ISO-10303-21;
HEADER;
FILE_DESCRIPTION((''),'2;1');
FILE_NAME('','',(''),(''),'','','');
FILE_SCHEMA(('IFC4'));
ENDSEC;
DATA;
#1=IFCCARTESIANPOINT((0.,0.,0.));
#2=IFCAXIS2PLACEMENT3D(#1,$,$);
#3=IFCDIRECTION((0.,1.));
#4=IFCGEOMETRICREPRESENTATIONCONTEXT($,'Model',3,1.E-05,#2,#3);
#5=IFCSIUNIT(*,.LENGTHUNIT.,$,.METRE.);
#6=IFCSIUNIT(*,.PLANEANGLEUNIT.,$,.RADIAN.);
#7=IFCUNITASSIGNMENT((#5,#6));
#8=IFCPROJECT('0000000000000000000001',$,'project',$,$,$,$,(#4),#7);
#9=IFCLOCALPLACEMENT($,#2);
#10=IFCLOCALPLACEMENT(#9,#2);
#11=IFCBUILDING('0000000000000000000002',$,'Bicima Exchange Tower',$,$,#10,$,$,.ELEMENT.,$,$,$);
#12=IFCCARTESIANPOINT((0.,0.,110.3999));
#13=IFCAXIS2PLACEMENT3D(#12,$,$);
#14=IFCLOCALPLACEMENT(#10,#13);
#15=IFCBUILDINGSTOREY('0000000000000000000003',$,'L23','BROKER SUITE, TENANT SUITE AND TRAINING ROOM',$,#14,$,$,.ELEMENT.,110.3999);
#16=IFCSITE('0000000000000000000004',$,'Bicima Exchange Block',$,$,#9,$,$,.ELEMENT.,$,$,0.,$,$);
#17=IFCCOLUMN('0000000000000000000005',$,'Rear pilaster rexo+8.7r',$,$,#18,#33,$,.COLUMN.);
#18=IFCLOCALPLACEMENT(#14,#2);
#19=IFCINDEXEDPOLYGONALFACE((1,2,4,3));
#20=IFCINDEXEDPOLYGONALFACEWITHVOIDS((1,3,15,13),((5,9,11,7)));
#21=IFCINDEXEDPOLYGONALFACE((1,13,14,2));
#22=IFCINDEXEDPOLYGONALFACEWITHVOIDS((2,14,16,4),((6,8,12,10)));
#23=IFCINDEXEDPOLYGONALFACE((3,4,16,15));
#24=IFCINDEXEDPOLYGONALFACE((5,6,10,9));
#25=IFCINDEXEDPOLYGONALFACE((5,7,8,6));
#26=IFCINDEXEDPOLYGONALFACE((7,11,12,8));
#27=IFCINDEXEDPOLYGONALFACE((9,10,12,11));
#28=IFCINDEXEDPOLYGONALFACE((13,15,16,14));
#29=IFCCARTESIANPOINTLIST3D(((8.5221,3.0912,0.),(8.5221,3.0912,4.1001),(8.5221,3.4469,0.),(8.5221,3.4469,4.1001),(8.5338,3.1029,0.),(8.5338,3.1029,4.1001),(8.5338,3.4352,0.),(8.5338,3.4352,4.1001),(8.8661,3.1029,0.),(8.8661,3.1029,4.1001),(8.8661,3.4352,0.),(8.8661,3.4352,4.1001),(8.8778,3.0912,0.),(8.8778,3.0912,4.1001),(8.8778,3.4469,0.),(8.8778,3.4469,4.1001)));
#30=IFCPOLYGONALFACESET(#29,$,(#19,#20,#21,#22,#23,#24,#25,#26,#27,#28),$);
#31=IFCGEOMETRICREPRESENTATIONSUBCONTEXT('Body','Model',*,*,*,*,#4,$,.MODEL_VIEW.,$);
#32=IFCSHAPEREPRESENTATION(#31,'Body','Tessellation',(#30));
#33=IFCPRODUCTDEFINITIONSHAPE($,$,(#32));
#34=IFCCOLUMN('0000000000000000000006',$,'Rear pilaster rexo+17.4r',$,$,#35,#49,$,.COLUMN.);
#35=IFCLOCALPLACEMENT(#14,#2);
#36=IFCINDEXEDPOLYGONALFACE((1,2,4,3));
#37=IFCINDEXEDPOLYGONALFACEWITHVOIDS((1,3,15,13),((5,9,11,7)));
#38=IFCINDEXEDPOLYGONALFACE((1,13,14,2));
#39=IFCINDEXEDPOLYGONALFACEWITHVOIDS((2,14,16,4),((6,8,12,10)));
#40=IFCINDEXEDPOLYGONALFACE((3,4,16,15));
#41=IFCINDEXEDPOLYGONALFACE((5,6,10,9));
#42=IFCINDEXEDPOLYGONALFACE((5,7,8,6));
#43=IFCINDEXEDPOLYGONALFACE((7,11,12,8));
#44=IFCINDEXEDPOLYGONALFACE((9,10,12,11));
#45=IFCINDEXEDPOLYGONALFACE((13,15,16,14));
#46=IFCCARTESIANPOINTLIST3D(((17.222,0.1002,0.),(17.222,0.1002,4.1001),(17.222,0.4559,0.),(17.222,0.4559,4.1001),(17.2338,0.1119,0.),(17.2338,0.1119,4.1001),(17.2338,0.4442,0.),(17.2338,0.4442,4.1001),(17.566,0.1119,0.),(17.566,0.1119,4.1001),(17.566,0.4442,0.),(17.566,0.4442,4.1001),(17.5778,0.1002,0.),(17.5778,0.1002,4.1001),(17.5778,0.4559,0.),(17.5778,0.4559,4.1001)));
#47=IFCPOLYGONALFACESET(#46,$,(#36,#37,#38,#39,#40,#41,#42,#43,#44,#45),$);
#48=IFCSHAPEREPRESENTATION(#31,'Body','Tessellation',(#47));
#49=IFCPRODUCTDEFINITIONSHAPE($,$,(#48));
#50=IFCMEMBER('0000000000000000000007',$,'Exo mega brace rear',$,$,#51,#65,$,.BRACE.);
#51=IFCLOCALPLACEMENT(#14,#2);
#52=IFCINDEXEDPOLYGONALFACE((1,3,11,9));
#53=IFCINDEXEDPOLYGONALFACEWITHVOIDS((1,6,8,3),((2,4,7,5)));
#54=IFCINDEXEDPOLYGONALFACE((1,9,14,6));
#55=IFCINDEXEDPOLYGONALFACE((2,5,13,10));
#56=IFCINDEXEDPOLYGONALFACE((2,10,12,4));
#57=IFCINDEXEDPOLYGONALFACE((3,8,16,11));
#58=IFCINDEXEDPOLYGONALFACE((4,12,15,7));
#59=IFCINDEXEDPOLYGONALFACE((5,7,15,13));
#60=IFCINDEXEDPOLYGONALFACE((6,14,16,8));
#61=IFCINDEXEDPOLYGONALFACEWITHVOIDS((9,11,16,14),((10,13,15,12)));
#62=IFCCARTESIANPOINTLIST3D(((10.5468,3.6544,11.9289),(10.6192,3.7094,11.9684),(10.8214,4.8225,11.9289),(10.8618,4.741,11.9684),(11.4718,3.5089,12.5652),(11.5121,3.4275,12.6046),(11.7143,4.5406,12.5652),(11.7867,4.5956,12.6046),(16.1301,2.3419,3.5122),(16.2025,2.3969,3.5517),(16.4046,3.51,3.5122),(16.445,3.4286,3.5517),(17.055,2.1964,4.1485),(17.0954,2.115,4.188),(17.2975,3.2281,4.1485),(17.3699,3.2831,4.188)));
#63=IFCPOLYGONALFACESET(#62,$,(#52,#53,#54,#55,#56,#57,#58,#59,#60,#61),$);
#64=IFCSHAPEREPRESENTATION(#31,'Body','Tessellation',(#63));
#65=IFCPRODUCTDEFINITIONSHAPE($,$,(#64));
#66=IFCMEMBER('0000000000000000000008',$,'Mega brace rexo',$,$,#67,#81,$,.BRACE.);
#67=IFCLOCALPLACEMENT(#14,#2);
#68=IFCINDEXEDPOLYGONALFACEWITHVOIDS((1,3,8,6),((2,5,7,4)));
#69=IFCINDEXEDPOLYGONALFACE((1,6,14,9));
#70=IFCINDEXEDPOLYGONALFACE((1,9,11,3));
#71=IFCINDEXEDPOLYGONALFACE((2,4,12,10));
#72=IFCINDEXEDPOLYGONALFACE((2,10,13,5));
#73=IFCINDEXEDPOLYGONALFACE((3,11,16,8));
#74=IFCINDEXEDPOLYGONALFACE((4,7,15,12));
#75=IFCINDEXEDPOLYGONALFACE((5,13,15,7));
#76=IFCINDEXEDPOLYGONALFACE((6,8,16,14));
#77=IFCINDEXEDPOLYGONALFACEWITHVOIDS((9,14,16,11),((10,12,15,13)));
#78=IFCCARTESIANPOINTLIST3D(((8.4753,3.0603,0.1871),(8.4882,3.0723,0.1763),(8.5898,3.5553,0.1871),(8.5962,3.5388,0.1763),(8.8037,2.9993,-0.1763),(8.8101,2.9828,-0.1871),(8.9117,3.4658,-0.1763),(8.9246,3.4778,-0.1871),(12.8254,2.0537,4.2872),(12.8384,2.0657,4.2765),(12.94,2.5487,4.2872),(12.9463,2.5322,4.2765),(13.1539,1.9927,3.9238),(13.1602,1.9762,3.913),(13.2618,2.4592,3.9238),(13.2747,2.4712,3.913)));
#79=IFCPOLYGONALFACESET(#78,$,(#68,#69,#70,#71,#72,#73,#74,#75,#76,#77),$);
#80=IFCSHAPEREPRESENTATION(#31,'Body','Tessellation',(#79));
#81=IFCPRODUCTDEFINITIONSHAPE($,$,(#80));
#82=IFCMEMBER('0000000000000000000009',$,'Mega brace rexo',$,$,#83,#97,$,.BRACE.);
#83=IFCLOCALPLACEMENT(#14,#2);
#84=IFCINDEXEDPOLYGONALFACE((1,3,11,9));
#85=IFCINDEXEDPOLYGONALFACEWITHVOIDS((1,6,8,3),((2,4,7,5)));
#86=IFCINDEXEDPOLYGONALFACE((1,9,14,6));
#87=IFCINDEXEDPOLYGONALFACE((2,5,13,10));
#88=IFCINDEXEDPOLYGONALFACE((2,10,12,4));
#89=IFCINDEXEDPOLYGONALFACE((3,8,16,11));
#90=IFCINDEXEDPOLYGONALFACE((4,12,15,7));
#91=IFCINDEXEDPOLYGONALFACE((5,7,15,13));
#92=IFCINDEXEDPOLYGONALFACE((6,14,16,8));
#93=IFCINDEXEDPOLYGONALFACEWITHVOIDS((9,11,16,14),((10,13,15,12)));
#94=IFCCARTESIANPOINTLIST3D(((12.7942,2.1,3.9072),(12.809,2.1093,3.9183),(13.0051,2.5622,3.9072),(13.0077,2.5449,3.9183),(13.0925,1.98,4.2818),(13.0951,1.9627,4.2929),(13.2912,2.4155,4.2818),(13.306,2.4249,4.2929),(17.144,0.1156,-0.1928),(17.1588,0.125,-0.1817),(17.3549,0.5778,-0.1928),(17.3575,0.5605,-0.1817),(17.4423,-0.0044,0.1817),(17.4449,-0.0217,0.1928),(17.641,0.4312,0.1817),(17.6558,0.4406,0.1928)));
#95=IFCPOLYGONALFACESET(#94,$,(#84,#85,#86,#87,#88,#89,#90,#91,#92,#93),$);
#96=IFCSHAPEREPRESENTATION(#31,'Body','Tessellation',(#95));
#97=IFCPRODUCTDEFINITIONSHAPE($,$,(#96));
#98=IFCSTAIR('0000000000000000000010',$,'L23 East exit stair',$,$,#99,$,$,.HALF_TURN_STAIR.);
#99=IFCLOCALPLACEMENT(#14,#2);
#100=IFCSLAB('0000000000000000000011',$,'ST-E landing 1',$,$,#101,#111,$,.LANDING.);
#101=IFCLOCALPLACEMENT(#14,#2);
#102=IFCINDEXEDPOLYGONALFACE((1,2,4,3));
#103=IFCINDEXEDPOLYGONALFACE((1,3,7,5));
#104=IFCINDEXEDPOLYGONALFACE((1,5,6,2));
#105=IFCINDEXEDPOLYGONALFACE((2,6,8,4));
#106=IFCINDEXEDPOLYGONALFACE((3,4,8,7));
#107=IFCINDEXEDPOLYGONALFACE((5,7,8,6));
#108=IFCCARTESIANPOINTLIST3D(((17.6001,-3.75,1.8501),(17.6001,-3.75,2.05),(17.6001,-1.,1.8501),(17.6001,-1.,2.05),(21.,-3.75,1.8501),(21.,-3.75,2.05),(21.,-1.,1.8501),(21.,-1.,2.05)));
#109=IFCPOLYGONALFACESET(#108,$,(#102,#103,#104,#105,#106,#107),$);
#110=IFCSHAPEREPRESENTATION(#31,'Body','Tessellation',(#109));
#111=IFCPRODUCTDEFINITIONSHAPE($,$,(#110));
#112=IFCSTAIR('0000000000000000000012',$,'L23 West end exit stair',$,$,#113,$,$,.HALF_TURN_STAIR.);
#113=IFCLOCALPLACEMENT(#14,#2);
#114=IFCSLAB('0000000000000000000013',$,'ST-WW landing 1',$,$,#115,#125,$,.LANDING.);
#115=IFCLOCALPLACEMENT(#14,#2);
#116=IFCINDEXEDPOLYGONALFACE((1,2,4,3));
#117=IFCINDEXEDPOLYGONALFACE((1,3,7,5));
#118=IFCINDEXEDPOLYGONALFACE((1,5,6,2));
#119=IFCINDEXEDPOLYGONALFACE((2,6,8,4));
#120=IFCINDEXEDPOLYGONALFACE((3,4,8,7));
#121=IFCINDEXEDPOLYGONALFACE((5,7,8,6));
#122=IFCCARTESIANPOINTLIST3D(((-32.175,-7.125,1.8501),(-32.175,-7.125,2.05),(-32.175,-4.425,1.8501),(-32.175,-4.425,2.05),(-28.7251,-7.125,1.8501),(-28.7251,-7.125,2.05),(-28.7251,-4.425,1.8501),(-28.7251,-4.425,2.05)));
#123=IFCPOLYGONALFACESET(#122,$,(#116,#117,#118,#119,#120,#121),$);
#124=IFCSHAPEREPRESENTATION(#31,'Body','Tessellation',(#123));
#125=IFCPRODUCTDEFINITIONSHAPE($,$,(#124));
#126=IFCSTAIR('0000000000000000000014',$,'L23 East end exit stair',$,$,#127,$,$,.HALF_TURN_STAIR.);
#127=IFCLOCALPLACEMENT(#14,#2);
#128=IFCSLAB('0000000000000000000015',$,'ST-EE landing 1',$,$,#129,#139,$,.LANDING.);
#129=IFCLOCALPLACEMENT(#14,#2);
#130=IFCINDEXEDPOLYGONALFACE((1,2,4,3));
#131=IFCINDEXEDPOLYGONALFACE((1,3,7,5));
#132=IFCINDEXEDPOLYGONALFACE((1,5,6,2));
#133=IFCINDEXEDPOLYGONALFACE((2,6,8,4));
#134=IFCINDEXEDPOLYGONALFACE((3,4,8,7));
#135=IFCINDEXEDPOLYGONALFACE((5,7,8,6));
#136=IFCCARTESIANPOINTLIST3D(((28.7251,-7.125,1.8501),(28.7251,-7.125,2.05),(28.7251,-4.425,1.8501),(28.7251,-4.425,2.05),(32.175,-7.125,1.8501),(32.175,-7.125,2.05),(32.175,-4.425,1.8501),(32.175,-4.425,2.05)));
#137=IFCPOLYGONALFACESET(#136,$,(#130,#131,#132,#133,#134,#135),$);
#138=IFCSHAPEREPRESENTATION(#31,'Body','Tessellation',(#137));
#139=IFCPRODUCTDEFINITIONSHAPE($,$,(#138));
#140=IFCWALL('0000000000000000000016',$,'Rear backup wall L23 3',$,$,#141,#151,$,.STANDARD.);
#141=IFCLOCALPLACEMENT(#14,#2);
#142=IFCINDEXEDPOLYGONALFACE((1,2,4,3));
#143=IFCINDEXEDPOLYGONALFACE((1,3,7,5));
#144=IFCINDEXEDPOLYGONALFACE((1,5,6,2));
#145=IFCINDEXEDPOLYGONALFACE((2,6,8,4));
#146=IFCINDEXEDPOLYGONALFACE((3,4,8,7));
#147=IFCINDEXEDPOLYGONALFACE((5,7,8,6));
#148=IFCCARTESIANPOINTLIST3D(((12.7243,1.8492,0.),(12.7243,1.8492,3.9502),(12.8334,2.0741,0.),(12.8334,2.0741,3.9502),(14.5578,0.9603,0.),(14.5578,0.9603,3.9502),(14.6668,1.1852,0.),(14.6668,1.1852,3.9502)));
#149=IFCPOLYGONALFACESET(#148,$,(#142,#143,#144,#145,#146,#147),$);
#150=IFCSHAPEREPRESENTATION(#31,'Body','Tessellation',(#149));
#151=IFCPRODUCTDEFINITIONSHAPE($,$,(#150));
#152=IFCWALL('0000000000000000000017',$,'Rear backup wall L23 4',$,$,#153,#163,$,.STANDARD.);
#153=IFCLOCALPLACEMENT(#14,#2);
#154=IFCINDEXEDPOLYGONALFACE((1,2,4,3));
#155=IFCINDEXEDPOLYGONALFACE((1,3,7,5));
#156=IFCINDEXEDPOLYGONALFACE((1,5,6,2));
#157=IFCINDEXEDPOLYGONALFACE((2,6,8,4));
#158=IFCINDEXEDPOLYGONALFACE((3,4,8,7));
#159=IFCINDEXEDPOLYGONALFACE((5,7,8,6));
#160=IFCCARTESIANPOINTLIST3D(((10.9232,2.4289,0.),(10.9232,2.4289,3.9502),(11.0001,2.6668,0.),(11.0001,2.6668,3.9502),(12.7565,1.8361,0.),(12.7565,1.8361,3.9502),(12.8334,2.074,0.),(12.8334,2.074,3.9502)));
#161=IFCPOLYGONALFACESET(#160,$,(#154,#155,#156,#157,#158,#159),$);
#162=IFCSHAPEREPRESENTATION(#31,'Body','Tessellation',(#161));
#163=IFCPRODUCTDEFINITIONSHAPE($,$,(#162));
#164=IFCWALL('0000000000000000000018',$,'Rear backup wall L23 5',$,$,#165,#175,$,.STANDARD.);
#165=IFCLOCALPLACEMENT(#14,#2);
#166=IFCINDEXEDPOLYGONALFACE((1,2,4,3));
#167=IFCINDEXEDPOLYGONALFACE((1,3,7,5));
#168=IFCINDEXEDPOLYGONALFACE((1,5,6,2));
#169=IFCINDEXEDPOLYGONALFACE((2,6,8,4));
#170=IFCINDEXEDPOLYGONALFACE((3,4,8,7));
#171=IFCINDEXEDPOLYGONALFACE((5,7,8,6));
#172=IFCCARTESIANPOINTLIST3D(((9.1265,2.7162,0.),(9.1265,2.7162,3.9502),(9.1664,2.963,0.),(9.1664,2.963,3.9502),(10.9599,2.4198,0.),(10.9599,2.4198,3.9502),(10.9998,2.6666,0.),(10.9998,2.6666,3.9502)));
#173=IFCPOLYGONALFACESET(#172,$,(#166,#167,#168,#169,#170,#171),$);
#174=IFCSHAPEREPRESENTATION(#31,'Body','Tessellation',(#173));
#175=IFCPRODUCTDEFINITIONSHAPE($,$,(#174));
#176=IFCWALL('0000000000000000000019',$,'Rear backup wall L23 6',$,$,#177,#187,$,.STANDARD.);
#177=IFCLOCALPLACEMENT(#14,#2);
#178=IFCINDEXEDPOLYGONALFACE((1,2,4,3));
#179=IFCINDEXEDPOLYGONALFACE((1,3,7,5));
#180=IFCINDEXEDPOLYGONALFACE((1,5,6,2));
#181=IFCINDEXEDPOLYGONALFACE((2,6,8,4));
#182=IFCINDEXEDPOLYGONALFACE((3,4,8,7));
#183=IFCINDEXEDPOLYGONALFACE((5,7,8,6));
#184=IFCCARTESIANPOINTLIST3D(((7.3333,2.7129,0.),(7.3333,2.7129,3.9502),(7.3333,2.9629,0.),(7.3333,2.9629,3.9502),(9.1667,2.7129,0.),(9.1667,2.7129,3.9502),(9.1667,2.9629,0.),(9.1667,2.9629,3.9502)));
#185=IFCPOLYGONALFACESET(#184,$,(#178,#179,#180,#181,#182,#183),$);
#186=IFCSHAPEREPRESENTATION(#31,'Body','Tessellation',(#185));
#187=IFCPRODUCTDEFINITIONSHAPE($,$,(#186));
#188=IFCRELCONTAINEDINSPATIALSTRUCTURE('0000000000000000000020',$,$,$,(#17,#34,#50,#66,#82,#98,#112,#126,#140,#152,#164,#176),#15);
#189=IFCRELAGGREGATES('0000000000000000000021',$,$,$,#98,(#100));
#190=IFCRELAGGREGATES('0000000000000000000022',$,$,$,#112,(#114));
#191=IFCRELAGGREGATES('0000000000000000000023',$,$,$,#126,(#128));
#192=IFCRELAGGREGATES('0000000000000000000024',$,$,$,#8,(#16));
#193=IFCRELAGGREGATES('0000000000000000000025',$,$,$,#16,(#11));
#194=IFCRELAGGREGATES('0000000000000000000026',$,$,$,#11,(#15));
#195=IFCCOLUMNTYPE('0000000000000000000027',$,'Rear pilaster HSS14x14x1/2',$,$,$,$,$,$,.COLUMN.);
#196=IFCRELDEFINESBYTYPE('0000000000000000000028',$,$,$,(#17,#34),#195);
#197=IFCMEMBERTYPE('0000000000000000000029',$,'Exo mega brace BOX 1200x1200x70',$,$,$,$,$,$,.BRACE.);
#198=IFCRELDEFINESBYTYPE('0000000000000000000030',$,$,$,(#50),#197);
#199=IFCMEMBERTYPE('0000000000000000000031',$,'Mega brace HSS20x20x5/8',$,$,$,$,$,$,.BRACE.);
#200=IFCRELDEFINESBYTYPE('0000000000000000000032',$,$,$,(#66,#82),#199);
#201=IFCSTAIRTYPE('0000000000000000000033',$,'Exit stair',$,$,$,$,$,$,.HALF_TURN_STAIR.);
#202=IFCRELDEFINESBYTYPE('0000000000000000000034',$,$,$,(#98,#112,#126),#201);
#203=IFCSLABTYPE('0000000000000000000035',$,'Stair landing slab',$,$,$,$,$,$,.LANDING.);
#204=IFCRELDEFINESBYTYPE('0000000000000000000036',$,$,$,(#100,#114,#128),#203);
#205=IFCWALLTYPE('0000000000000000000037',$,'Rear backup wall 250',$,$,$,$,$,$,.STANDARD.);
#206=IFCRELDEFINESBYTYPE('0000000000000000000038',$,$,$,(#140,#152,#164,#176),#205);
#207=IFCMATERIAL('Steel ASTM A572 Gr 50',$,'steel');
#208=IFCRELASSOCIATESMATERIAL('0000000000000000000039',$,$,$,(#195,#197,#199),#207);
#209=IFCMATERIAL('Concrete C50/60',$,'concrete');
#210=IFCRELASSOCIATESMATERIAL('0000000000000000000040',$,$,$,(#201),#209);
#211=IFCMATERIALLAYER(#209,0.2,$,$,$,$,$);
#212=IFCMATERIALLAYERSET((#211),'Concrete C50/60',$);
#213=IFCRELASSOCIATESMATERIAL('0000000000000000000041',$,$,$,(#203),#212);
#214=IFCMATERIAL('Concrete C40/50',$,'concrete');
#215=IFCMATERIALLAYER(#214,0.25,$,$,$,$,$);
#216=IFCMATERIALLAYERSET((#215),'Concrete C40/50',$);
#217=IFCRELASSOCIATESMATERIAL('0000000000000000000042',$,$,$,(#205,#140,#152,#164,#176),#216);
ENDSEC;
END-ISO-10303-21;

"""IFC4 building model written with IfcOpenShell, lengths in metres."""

from ifc_helpers import new_model, si_unit, direction, frame, frame_2d, origin, origin_2d, place, context, subcontext, project, spatial, polyline, rectangle, hollow_rectangle, outline, extrude, material, layer, layer_set, layer_usage, material_profile, profile_set, type_object, element, aggregate, save


model = new_model("IFC4")

# Units and contexts
model_context = context("Model", 3, precision=1e-05, world=origin(), true_north=direction((0.0, 1.0)))
body_context = subcontext(model_context, "Body", "Model", "MODEL_VIEW")
ifc_project = project(units=[si_unit("LENGTHUNIT", "METRE"), si_unit("PLANEANGLEUNIT", "RADIAN")], contexts=[model_context])

# Site, building, storey
site_placement = place(None, origin())
site = spatial("IfcSite", under=ifc_project, at=site_placement, Name="Bicima Exchange Block", CompositionType="ELEMENT", RefElevation=0.0)
building_placement = place(site_placement, origin())
building = spatial("IfcBuilding", under=site, at=building_placement, Name="Bicima Exchange Tower", CompositionType="ELEMENT")
storey_placement = place(building_placement, frame((0.0, 0.0, 110.3999)))
storey = spatial("IfcBuildingStorey", under=building, at=storey_placement, Name="L23", Description="BROKER SUITE, TENANT SUITE AND TRAINING ROOM", CompositionType="ELEMENT", Elevation=110.3999)

# Columns
ifc_material_1 = material(Name="Steel ASTM A572 Gr 50", Category="steel")
ifc_material_profile_1 = material_profile(ifc_material_1, hollow_rectangle(XDim=0.3557, YDim=0.3557, WallThickness=0.0117, at=origin_2d()))
ifc_profile_set_1 = profile_set([ifc_material_profile_1], Name="Steel ASTM A572 Gr 50")
column_type = type_object("IfcColumnType", Name="Rear pilaster HSS14x14x1/2", PredefinedType="COLUMN", material=ifc_profile_set_1)
for number, where, z_axis, x_axis, name in (
    (1, (8.7, 3.269, 0.0), (0.0, 0.0, 1.0), (1.0, 0.0, 0.0), "Rear pilaster rexo+8.7r"),
    (2, (17.3999, 0.2781, 0.0), (0.0, 0.0, 1.0), (1.0, 0.0, 0.0), "Rear pilaster rexo+17.4r"),
):
    element("IfcColumn", number, at=place(storey_placement, frame(where, z_axis=z_axis, x_axis=x_axis)), inside=storey, type_object=column_type, Name=name, PredefinedType="COLUMN", context=body_context, shape_type="SweptSolid", body=[
        extrude(hollow_rectangle(XDim=0.3557, YDim=0.3557, WallThickness=0.0117, at=origin_2d()), origin(), (0.0, 0.0, 1.0), 4.1001),
    ])

# Members
ifc_material_profile_2 = material_profile(ifc_material_1, hollow_rectangle(XDim=1.2, YDim=1.2, WallThickness=0.0701, at=origin_2d()))
ifc_profile_set_2 = profile_set([ifc_material_profile_2], Name="Steel ASTM A572 Gr 50")
member_type_1 = type_object("IfcMemberType", Name="Exo mega brace BOX 1200x1200x70", PredefinedType="BRACE", material=ifc_profile_set_2)
member_1_placement = place(storey_placement, frame((16.75, 2.8125, 3.8501), z_axis=(-0.548176, 0.128864, 0.826376), x_axis=(-0.22884, -0.973464, 0.0)))
element("IfcMember", 3, at=member_1_placement, inside=storey, type_object=member_type_1, Name="Exo mega brace rear", PredefinedType="BRACE", context=body_context, shape_type="SweptSolid", body=[
    extrude(hollow_rectangle(XDim=1.2, YDim=1.2, WallThickness=0.0701, at=origin_2d()), origin(), (0.0, 0.0, 1.0), 10.1851),
])
ifc_material_profile_3 = material_profile(ifc_material_1, hollow_rectangle(XDim=0.5081, YDim=0.5081, WallThickness=0.0146, at=origin_2d()))
ifc_profile_set_3 = profile_set([ifc_material_profile_3], Name="Steel ASTM A572 Gr 50")
member_type_2 = type_object("IfcMemberType", Name="Mega brace HSS20x20x5/8", PredefinedType="BRACE", material=ifc_profile_set_3)
member_2_placement = place(storey_placement, frame((8.7, 3.269, 0.0), z_axis=(0.717606, -0.166051, 0.676365), x_axis=(0.225439, 0.974257, 0.0)))
element("IfcMember", 4, at=member_2_placement, inside=storey, type_object=member_type_2, Name="Mega brace rexo", PredefinedType="BRACE", context=body_context, shape_type="SweptSolid", body=[
    extrude(hollow_rectangle(XDim=0.5081, YDim=0.5081, WallThickness=0.0146, at=origin_2d()), origin(), (0.0, 0.0, 1.0), 6.062),
])
member_3_placement = place(storey_placement, frame((17.3999, 0.2781, 0.0), z_axis=(-0.690629, 0.31506, 0.650975), x_axis=(-0.415045, -0.909801, 0.0)))
element("IfcMember", 5, at=member_3_placement, inside=storey, type_object=member_type_2, Name="Mega brace rexo", PredefinedType="BRACE", context=body_context, shape_type="SweptSolid", body=[
    extrude(hollow_rectangle(XDim=0.5081, YDim=0.5081, WallThickness=0.0146, at=origin_2d()), origin(), (0.0, 0.0, 1.0), 6.2983),
])

# Stairs, slabs
ifc_material_2 = material(Name="Concrete C50/60", Category="concrete")
stair_type = type_object("IfcStairType", Name="Exit stair", PredefinedType="HALF_TURN_STAIR", material=ifc_material_2)
stair_1_placement = place(storey_placement, origin())
stair_1 = element("IfcStair", 6, at=stair_1_placement, inside=storey, type_object=stair_type, Name="L23 East exit stair", PredefinedType="HALF_TURN_STAIR")
ifc_layer_1 = layer(ifc_material_2, 0.2)
ifc_layer_set_1 = layer_set([ifc_layer_1], Name="Concrete C50/60")
slab_type = type_object("IfcSlabType", Name="Stair landing slab", PredefinedType="LANDING", material=ifc_layer_set_1)
slab_1_placement = place(storey_placement, frame((0.0, 0.0, 1.8501)))
slab_1 = element("IfcSlab", 7, at=slab_1_placement, type_object=slab_type, Name="ST-E landing 1", PredefinedType="LANDING", context=body_context, shape_type="SweptSolid", body=[
    extrude(outline(polyline([(21.0, -3.75), (21.0, -1.0), (17.6001, -1.0), (17.6001, -3.75), (21.0, -3.75)])), origin(), (0.0, 0.0, 1.0), 0.2),
])
aggregate(stair_1, [slab_1])
stair_2_placement = place(storey_placement, origin())
stair_2 = element("IfcStair", 8, at=stair_2_placement, inside=storey, type_object=stair_type, Name="L23 West end exit stair", PredefinedType="HALF_TURN_STAIR")
slab_2_placement = place(storey_placement, frame((0.0, 0.0, 1.8501)))
slab_2 = element("IfcSlab", 9, at=slab_2_placement, type_object=slab_type, Name="ST-WW landing 1", PredefinedType="LANDING", context=body_context, shape_type="SweptSolid", body=[
    extrude(outline(polyline([(-28.7251, -7.125), (-28.7251, -4.425), (-32.175, -4.425), (-32.175, -7.125), (-28.7251, -7.125)])), origin(), (0.0, 0.0, 1.0), 0.2),
])
aggregate(stair_2, [slab_2])
stair_3_placement = place(storey_placement, origin())
stair_3 = element("IfcStair", 10, at=stair_3_placement, inside=storey, type_object=stair_type, Name="L23 East end exit stair", PredefinedType="HALF_TURN_STAIR")
slab_3_placement = place(storey_placement, frame((0.0, 0.0, 1.8501)))
slab_3 = element("IfcSlab", 11, at=slab_3_placement, type_object=slab_type, Name="ST-EE landing 1", PredefinedType="LANDING", context=body_context, shape_type="SweptSolid", body=[
    extrude(outline(polyline([(32.175, -7.125), (32.175, -4.425), (28.7251, -4.425), (28.7251, -7.125), (32.175, -7.125)])), origin(), (0.0, 0.0, 1.0), 0.2),
])
aggregate(stair_3, [slab_3])

# Walls
ifc_material_3 = material(Name="Concrete C40/50", Category="concrete")
ifc_layer_2 = layer(ifc_material_3, 0.25)
ifc_layer_set_2 = layer_set([ifc_layer_2], Name="Concrete C40/50")
ifc_layer_usage = layer_usage(ifc_layer_set_2, "AXIS2", "POSITIVE", -0.125)
wall_type = type_object("IfcWallType", Name="Rear backup wall 250", PredefinedType="STANDARD", material=ifc_layer_set_2)
wall_1_placement = place(storey_placement, frame((14.6123, 1.0728, 0.0), z_axis=(0.0, 0.0, 1.0), x_axis=(-0.899824, 0.436253, 0.0)))
element("IfcWall", 12, at=wall_1_placement, inside=storey, type_object=wall_type, material=ifc_layer_usage, Name="Rear backup wall L23 3", PredefinedType="STANDARD", context=body_context, shape_type="SweptSolid", body=[
    extrude(rectangle(XDim=2.0376, YDim=0.25, at=frame_2d((1.0188, 0.0))), origin(), (0.0, 0.0, 1.0), 3.9502),
])
wall_2_placement = place(storey_placement, frame((12.7949, 1.9551, 0.0), z_axis=(0.0, 0.0, 1.0), x_axis=(-0.951496, 0.307662, 0.0)))
element("IfcWall", 13, at=wall_2_placement, inside=storey, type_object=wall_type, material=ifc_layer_usage, Name="Rear backup wall L23 4", PredefinedType="STANDARD", context=body_context, shape_type="SweptSolid", body=[
    extrude(rectangle(XDim=1.9268, YDim=0.25, at=frame_2d((0.9634, 0.0))), origin(), (0.0, 0.0, 1.0), 3.9502),
])
wall_3_placement = place(storey_placement, frame((10.98, 2.5432, 0.0), z_axis=(0.0, 0.0, 1.0), x_axis=(-0.987182, 0.1596, 0.0)))
element("IfcWall", 14, at=wall_3_placement, inside=storey, type_object=wall_type, material=ifc_layer_usage, Name="Rear backup wall L23 5", PredefinedType="STANDARD", context=body_context, shape_type="SweptSolid", body=[
    extrude(rectangle(XDim=1.8572, YDim=0.25, at=frame_2d((0.9287, 0.0))), origin(), (0.0, 0.0, 1.0), 3.9502),
])
wall_4_placement = place(storey_placement, frame((9.1667, 2.8379, 0.0), z_axis=(0.0, 0.0, 1.0), x_axis=(-1.0, 0.0, 0.0)))
element("IfcWall", 15, at=wall_4_placement, inside=storey, type_object=wall_type, material=ifc_layer_usage, Name="Rear backup wall L23 6", PredefinedType="STANDARD", context=body_context, shape_type="SweptSolid", body=[
    extrude(rectangle(XDim=1.8335, YDim=0.25, at=frame_2d((0.9167, 0.0))), origin(), (0.0, 0.0, 1.0), 3.9502),
])

save(model, "model.ifc")
